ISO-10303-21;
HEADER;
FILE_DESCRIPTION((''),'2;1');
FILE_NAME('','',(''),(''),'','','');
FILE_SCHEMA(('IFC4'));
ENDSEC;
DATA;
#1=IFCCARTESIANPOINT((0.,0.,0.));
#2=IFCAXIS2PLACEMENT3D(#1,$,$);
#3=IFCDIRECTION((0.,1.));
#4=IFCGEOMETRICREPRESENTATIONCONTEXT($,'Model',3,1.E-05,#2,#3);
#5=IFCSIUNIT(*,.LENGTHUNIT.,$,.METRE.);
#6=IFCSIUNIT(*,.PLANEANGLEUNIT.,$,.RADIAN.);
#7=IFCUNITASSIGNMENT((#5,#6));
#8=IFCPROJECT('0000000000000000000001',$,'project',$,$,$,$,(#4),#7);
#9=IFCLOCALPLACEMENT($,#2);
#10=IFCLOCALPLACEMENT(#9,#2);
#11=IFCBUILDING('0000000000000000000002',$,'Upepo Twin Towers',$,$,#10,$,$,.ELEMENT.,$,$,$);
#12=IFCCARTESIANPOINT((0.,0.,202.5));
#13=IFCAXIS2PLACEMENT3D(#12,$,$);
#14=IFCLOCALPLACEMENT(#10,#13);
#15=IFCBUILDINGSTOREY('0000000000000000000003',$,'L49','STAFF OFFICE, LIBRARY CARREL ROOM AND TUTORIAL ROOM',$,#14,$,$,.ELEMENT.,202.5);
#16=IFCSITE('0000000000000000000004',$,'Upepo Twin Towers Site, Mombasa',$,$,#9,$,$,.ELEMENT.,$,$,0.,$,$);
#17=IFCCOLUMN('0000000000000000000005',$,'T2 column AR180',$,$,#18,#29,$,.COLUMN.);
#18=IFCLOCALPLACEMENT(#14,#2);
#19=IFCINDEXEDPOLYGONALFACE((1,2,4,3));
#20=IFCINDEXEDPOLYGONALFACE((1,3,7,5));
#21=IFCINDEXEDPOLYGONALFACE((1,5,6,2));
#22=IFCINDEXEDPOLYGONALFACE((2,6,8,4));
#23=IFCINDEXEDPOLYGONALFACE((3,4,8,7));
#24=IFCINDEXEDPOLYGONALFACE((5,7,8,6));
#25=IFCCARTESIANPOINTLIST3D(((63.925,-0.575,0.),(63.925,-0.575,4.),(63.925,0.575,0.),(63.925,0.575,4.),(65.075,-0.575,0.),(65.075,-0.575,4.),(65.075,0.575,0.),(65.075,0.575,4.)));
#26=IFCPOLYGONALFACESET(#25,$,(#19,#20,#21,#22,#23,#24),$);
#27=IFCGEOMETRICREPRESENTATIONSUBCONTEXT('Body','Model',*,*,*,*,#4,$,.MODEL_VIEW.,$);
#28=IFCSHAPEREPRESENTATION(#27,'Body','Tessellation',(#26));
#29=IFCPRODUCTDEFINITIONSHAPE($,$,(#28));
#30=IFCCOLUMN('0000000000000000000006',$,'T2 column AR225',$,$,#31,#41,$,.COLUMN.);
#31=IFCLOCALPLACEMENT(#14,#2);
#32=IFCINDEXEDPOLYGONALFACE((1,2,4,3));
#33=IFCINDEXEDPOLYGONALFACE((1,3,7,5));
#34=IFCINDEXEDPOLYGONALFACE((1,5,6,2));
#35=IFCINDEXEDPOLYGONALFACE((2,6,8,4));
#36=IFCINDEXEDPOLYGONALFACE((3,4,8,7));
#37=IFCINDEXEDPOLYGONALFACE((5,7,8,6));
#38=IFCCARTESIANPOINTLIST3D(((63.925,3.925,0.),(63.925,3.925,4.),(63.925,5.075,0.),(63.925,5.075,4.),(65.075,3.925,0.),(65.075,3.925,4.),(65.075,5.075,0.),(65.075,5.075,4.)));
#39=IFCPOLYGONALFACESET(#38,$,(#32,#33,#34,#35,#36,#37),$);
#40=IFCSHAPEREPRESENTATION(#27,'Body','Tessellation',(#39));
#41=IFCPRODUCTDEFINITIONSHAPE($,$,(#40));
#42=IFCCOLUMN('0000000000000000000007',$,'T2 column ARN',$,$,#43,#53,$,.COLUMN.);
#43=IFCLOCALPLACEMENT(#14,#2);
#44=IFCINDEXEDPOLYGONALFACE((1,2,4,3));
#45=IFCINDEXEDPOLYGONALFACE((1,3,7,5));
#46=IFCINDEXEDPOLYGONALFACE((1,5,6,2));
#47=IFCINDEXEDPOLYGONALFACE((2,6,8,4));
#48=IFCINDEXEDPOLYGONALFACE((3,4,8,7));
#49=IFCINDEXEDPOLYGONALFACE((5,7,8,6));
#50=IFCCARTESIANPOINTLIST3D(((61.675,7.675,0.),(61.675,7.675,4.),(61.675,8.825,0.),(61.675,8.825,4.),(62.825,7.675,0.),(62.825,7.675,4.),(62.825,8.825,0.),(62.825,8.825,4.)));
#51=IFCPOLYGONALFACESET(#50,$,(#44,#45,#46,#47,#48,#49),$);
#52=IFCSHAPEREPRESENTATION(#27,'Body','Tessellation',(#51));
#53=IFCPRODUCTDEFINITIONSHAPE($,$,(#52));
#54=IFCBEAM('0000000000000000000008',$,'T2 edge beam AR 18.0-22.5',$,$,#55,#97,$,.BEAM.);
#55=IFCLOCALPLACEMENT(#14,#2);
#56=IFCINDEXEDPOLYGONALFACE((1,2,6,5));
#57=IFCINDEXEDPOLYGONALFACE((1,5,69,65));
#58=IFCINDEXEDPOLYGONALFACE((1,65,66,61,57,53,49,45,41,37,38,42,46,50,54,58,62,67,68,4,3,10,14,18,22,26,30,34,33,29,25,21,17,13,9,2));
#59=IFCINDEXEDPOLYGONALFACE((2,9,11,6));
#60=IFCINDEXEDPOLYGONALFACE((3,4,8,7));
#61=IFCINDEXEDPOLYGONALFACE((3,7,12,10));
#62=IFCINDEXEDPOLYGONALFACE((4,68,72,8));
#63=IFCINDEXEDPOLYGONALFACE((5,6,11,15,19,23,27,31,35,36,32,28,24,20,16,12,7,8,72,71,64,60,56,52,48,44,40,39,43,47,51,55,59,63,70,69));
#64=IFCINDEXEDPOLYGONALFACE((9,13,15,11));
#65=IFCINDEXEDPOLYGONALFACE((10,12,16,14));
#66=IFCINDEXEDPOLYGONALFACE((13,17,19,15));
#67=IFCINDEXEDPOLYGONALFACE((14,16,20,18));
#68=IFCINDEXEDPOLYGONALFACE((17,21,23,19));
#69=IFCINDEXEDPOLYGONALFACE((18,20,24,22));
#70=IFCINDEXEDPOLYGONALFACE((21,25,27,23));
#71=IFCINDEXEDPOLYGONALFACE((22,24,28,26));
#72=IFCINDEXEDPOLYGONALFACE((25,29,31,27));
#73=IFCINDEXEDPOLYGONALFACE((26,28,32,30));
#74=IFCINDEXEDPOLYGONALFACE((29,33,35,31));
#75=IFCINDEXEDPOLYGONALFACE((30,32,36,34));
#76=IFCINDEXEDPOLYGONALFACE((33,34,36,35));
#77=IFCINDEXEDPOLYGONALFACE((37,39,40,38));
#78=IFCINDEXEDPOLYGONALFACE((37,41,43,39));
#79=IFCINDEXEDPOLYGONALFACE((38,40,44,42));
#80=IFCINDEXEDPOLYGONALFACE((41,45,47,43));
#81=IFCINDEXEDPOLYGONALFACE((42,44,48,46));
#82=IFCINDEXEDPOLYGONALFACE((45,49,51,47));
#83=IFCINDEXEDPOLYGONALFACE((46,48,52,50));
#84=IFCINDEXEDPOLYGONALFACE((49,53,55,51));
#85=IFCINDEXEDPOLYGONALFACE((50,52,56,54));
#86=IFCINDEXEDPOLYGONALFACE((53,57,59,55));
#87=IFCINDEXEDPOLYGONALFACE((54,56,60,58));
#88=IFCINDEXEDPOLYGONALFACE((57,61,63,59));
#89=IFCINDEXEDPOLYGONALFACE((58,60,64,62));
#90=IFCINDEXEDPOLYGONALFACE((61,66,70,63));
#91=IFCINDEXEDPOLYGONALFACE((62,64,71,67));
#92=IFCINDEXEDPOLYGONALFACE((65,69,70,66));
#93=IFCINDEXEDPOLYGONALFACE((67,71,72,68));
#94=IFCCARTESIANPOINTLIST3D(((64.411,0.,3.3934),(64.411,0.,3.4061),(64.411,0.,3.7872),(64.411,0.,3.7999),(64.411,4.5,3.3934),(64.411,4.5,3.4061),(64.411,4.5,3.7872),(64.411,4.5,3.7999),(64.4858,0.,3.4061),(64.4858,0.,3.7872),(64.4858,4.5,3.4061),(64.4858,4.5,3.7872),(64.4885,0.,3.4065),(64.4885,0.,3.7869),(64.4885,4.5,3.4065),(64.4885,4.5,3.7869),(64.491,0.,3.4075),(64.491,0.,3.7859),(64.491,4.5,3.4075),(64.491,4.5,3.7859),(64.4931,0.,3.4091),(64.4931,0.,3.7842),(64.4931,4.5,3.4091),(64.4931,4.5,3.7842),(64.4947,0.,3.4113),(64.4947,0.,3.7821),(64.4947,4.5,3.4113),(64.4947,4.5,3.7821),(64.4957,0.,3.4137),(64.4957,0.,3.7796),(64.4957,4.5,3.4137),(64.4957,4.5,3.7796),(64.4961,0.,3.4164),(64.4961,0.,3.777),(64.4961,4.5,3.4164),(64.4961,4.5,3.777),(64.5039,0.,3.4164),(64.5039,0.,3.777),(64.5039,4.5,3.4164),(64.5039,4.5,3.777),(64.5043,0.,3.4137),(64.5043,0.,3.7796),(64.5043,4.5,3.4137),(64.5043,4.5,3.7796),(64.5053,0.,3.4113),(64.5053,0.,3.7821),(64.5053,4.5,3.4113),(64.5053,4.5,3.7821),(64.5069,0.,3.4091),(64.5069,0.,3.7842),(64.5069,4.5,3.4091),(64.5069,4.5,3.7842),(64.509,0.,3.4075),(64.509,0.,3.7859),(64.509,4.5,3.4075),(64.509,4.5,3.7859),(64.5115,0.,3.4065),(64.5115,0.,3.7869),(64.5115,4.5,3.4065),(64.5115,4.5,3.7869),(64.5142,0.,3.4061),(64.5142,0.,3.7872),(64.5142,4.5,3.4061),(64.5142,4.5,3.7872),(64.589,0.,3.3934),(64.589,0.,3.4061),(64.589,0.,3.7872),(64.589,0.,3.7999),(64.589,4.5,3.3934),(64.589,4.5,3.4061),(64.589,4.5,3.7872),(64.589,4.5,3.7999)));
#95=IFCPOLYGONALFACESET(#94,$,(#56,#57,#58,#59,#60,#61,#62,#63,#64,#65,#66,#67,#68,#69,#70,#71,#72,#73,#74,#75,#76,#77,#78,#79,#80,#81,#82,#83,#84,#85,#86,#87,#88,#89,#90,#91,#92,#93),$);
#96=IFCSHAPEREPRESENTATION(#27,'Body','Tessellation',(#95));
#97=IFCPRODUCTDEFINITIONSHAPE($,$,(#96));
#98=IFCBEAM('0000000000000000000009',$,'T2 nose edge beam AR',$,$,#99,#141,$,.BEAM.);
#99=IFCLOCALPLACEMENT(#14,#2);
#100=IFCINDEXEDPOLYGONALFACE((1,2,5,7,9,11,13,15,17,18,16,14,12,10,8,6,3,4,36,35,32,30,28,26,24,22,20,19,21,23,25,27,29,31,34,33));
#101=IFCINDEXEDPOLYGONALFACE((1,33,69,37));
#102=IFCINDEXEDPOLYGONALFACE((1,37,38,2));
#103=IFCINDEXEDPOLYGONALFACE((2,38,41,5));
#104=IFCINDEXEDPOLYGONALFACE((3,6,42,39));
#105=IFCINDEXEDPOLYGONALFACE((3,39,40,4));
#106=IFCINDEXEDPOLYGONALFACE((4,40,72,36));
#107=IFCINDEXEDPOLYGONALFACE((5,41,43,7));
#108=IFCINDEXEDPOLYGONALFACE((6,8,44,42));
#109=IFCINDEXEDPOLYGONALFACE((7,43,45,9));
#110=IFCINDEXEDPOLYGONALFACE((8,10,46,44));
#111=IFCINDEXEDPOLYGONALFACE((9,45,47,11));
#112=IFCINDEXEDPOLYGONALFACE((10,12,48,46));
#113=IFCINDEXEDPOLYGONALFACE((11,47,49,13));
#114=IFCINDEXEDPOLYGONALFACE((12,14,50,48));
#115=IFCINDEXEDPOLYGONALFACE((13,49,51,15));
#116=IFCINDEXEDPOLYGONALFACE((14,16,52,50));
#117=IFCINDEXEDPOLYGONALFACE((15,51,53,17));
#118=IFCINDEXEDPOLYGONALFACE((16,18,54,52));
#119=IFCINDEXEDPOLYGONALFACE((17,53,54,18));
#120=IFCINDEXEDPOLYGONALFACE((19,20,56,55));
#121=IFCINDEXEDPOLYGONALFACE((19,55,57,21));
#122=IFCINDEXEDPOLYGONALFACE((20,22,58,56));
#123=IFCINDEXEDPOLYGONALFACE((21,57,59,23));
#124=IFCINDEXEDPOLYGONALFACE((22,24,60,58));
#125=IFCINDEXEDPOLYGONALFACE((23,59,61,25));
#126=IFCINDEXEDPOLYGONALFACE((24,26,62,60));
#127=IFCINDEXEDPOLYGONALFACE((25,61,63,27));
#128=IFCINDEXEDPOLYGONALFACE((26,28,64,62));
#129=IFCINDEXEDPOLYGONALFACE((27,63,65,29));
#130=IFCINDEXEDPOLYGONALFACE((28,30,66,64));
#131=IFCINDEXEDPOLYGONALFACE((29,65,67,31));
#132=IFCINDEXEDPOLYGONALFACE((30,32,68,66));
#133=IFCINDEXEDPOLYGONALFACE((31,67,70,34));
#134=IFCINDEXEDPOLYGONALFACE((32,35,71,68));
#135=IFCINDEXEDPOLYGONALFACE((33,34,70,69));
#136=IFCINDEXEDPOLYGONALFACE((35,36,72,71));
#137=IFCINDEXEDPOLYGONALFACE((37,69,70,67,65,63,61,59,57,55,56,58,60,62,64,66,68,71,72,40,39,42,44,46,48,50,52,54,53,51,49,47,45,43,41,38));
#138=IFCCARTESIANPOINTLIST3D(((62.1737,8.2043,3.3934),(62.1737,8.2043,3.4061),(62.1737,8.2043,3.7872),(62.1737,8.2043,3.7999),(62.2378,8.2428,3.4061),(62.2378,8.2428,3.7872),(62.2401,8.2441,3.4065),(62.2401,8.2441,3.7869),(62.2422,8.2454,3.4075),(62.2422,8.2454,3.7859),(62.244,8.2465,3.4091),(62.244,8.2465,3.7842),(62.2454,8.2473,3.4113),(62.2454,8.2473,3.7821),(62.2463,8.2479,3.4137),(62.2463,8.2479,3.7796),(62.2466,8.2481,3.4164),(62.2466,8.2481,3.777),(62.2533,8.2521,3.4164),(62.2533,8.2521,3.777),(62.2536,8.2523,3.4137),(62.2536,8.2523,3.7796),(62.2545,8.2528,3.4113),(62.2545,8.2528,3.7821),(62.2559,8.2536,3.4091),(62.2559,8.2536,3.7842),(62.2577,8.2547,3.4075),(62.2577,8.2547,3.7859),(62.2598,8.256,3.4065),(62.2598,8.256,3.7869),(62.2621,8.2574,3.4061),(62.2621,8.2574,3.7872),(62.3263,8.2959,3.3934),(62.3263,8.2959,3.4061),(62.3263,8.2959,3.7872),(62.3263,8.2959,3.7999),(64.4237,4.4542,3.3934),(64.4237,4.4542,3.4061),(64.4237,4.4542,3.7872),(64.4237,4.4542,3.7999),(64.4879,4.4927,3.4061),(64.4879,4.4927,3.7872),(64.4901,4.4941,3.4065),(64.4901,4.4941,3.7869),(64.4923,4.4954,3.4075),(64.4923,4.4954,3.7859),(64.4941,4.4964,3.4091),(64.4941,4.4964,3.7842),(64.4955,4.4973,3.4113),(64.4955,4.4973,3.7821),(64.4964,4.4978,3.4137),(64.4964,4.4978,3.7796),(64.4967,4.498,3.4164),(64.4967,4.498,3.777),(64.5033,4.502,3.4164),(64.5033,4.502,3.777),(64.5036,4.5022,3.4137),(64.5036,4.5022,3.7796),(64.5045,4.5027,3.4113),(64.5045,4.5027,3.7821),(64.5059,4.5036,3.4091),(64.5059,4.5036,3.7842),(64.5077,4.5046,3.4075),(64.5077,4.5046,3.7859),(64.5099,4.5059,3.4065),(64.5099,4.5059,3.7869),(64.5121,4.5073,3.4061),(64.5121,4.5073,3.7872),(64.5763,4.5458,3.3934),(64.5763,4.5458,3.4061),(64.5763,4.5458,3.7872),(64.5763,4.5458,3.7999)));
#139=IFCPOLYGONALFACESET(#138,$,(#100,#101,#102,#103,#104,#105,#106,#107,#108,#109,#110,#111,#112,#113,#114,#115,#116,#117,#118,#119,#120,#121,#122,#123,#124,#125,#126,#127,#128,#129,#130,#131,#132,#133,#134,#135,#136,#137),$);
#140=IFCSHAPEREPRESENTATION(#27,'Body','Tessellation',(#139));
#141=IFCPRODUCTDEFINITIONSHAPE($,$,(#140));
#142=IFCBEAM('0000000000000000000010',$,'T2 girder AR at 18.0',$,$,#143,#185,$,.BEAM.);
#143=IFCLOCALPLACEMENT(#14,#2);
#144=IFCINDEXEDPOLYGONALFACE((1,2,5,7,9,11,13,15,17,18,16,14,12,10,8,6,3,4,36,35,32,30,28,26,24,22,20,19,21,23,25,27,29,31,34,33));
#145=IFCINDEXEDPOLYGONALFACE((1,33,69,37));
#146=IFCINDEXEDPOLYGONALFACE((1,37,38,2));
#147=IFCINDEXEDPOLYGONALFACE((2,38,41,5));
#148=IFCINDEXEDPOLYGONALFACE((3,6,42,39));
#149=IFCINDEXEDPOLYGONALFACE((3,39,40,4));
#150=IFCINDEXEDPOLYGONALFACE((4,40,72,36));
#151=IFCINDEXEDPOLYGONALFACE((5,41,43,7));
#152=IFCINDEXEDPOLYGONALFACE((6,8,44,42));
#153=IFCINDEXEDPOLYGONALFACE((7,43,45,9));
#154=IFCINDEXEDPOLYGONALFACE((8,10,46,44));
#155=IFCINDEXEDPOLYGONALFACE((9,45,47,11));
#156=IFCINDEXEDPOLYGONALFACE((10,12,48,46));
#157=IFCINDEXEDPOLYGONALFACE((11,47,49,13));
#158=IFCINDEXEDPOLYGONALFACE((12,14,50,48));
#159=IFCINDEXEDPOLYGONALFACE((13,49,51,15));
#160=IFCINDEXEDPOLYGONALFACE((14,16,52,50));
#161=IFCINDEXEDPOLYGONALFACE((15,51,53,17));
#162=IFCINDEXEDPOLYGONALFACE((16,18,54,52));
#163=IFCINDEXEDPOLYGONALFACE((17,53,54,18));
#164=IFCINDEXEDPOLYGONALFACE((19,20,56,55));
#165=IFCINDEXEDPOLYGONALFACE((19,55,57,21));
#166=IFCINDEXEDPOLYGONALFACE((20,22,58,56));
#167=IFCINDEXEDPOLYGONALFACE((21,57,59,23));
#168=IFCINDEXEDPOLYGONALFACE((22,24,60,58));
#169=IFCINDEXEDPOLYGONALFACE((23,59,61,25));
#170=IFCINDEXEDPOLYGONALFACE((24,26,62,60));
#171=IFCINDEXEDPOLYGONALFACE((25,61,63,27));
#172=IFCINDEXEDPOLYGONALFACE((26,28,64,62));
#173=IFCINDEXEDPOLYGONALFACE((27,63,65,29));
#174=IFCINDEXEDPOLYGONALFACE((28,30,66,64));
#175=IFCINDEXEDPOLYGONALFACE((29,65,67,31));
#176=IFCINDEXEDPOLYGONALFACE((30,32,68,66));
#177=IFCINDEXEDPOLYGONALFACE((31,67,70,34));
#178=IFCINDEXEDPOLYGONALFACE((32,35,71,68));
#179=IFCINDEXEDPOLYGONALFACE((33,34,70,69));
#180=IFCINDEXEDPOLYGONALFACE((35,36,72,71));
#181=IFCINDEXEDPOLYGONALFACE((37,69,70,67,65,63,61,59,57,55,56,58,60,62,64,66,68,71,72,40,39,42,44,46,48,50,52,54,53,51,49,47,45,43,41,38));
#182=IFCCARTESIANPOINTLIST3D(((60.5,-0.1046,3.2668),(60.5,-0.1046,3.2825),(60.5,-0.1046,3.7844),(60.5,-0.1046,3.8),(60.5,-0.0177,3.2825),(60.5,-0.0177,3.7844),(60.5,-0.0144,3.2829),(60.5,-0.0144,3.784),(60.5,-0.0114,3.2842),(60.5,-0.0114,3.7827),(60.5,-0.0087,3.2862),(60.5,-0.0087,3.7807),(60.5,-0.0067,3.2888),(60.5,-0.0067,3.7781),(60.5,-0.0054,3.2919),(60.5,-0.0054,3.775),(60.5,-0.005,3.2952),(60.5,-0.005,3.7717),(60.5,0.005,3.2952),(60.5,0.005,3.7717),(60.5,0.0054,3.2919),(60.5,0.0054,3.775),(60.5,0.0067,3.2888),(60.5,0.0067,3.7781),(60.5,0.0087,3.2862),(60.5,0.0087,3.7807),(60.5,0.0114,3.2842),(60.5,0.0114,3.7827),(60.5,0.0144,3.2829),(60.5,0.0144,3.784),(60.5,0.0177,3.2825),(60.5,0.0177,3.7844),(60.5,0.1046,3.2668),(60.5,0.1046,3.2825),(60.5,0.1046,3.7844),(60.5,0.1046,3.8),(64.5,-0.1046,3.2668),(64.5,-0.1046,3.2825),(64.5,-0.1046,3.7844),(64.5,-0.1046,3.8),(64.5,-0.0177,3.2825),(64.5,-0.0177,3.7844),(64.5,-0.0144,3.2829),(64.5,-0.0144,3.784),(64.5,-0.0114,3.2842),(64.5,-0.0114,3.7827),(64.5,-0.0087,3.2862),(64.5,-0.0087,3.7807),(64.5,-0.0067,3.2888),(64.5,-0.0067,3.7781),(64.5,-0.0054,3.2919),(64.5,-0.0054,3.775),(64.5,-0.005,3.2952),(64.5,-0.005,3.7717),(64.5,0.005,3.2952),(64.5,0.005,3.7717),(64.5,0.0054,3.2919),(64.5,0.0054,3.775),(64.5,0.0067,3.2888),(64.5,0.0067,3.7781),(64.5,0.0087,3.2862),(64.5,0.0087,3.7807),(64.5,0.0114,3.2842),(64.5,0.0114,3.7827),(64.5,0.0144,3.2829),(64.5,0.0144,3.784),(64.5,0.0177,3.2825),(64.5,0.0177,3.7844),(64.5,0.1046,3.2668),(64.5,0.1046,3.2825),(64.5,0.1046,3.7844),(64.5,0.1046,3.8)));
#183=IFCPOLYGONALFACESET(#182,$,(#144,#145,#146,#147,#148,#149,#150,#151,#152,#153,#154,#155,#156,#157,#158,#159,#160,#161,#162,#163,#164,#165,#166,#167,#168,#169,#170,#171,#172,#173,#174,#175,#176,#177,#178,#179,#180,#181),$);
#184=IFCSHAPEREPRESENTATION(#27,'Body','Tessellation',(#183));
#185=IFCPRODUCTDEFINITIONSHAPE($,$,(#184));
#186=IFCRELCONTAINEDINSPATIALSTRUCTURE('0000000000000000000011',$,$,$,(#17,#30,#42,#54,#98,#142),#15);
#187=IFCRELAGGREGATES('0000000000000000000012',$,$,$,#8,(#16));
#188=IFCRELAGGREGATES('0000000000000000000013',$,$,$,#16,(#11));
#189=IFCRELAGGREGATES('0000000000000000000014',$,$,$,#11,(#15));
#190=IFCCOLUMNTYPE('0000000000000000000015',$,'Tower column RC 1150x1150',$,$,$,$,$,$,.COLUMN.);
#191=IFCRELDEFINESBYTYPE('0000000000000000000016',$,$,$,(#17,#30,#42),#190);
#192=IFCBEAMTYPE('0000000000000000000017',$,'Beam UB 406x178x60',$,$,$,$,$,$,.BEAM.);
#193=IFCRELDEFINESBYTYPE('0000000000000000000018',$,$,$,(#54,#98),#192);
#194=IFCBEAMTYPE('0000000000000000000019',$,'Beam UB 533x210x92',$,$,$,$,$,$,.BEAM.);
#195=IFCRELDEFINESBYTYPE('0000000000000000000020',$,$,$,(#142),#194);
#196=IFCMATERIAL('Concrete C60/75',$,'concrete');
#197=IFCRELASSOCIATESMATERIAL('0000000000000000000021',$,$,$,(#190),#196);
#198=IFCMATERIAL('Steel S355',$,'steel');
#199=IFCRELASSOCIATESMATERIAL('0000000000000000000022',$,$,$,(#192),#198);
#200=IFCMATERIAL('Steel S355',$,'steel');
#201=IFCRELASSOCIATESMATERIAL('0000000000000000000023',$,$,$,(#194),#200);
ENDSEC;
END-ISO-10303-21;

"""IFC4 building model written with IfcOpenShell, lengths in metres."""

from ifc_helpers import new_model, si_unit, direction, frame, origin, origin_2d, place, context, subcontext, project, spatial, rectangle, i_section, extrude, material, material_profile, profile_set, type_object, element, save


model = new_model("IFC4")

# Units and contexts
model_context = context("Model", 3, precision=1e-05, world=origin(), true_north=direction((0.0, 1.0)))
body_context = subcontext(model_context, "Body", "Model", "MODEL_VIEW")
ifc_project = project(units=[si_unit("LENGTHUNIT", "METRE"), si_unit("PLANEANGLEUNIT", "RADIAN")], contexts=[model_context])

# Site, building, storey
site_placement = place(None, origin())
site = spatial("IfcSite", under=ifc_project, at=site_placement, Name="Upepo Twin Towers Site, Mombasa", CompositionType="ELEMENT", RefElevation=0.0)
building_placement = place(site_placement, origin())
building = spatial("IfcBuilding", under=site, at=building_placement, Name="Upepo Twin Towers", CompositionType="ELEMENT")
storey_placement = place(building_placement, frame((0.0, 0.0, 202.5)))
storey = spatial("IfcBuildingStorey", under=building, at=storey_placement, Name="L49", Description="STAFF OFFICE, LIBRARY CARREL ROOM AND TUTORIAL ROOM", CompositionType="ELEMENT", Elevation=202.5)

# Columns
ifc_material_1 = material(Name="Concrete C60/75", Category="concrete")
ifc_material_profile_1 = material_profile(ifc_material_1, rectangle(XDim=1.1499, YDim=1.1499, at=origin_2d()), Name="RC 1150x1150")
ifc_profile_set_1 = profile_set([ifc_material_profile_1], Name="Concrete C60/75")
column_type = type_object("IfcColumnType", Name="Tower column RC 1150x1150", PredefinedType="COLUMN", material=ifc_profile_set_1)
for number, where, z_axis, x_axis, name in (
    (1, (64.5, 0.0, 0.0), (0.0, 0.0, 1.0), (1.0, 0.0, 0.0), "T2 column AR180"),
    (2, (64.5, 4.5, 0.0), (0.0, 0.0, 1.0), (1.0, 0.0, 0.0), "T2 column AR225"),
    (3, (62.25, 8.25, 0.0), (0.0, 0.0, 1.0), (1.0, 0.0, 0.0), "T2 column ARN"),
):
    element("IfcColumn", number, at=place(storey_placement, frame(where, z_axis=z_axis, x_axis=x_axis)), inside=storey, type_object=column_type, Name=name, PredefinedType="COLUMN", context=body_context, shape_type="SweptSolid", body=[
        extrude(rectangle(XDim=1.1499, YDim=1.1499, at=origin_2d()), origin(), (0.0, 0.0, 1.0), 4.0),
    ])

# Beams
ifc_material_2 = material(Name="Steel S355", Category="steel")
ifc_material_profile_2 = material_profile(ifc_material_2, i_section(OverallWidth=0.178, OverallDepth=0.4065, WebThickness=0.0078, FlangeThickness=0.0127, FilletRadius=0.0103, at=origin_2d()), Name="UB 406x178x60")
ifc_profile_set_2 = profile_set([ifc_material_profile_2], Name="Steel S355")
beam_type_1 = type_object("IfcBeamType", Name="Beam UB 406x178x60", PredefinedType="BEAM", material=ifc_profile_set_2)
beam_1_placement = place(storey_placement, frame((64.5, 0.0, 3.5967), z_axis=(0.0, 1.0, 0.0), x_axis=(-1.0, 0.0, 0.0)))
element("IfcBeam", 4, at=beam_1_placement, inside=storey, type_object=beam_type_1, Name="T2 edge beam AR 18.0-22.5", PredefinedType="BEAM", context=body_context, shape_type="SweptSolid", body=[
    extrude(i_section(OverallWidth=0.178, OverallDepth=0.4065, WebThickness=0.0078, FlangeThickness=0.0127, FilletRadius=0.0103, at=origin_2d()), origin(), (0.0, 0.0, 1.0), 4.5),
])
beam_2_placement = place(storey_placement, frame((64.5, 4.5, 3.5967), z_axis=(-0.514496, 0.857493, 0.0), x_axis=(-0.857493, -0.514496, 0.0)))
element("IfcBeam", 5, at=beam_2_placement, inside=storey, type_object=beam_type_1, Name="T2 nose edge beam AR", PredefinedType="BEAM", context=body_context, shape_type="SweptSolid", body=[
    extrude(i_section(OverallWidth=0.178, OverallDepth=0.4065, WebThickness=0.0078, FlangeThickness=0.0127, FilletRadius=0.0103, at=origin_2d()), origin(), (0.0, 0.0, 1.0), 4.3733),
])
ifc_material_3 = material(Name="Steel S355", Category="steel")
ifc_material_profile_3 = material_profile(ifc_material_3, i_section(OverallWidth=0.2092, OverallDepth=0.5332, WebThickness=0.01, FlangeThickness=0.0156, FilletRadius=0.0127, at=origin_2d()), Name="UB 533x210x92")
ifc_profile_set_3 = profile_set([ifc_material_profile_3], Name="Steel S355")
beam_type_2 = type_object("IfcBeamType", Name="Beam UB 533x210x92", PredefinedType="BEAM", material=ifc_profile_set_3)
for number, where, z_axis, x_axis, name in (
    (6, (64.5, 0.0, 3.5334), (-1.0, 0.0, 0.0), (0.0, -1.0, 0.0), "T2 girder AR at 18.0"),
):
    element("IfcBeam", number, at=place(storey_placement, frame(where, z_axis=z_axis, x_axis=x_axis)), inside=storey, type_object=beam_type_2, Name=name, PredefinedType="BEAM", context=body_context, shape_type="SweptSolid", body=[
        extrude(i_section(OverallWidth=0.2092, OverallDepth=0.5332, WebThickness=0.01, FlangeThickness=0.0156, FilletRadius=0.0127, at=origin_2d()), origin(), (0.0, 0.0, 1.0), 4.0),
    ])

save(model, "model.ifc")
